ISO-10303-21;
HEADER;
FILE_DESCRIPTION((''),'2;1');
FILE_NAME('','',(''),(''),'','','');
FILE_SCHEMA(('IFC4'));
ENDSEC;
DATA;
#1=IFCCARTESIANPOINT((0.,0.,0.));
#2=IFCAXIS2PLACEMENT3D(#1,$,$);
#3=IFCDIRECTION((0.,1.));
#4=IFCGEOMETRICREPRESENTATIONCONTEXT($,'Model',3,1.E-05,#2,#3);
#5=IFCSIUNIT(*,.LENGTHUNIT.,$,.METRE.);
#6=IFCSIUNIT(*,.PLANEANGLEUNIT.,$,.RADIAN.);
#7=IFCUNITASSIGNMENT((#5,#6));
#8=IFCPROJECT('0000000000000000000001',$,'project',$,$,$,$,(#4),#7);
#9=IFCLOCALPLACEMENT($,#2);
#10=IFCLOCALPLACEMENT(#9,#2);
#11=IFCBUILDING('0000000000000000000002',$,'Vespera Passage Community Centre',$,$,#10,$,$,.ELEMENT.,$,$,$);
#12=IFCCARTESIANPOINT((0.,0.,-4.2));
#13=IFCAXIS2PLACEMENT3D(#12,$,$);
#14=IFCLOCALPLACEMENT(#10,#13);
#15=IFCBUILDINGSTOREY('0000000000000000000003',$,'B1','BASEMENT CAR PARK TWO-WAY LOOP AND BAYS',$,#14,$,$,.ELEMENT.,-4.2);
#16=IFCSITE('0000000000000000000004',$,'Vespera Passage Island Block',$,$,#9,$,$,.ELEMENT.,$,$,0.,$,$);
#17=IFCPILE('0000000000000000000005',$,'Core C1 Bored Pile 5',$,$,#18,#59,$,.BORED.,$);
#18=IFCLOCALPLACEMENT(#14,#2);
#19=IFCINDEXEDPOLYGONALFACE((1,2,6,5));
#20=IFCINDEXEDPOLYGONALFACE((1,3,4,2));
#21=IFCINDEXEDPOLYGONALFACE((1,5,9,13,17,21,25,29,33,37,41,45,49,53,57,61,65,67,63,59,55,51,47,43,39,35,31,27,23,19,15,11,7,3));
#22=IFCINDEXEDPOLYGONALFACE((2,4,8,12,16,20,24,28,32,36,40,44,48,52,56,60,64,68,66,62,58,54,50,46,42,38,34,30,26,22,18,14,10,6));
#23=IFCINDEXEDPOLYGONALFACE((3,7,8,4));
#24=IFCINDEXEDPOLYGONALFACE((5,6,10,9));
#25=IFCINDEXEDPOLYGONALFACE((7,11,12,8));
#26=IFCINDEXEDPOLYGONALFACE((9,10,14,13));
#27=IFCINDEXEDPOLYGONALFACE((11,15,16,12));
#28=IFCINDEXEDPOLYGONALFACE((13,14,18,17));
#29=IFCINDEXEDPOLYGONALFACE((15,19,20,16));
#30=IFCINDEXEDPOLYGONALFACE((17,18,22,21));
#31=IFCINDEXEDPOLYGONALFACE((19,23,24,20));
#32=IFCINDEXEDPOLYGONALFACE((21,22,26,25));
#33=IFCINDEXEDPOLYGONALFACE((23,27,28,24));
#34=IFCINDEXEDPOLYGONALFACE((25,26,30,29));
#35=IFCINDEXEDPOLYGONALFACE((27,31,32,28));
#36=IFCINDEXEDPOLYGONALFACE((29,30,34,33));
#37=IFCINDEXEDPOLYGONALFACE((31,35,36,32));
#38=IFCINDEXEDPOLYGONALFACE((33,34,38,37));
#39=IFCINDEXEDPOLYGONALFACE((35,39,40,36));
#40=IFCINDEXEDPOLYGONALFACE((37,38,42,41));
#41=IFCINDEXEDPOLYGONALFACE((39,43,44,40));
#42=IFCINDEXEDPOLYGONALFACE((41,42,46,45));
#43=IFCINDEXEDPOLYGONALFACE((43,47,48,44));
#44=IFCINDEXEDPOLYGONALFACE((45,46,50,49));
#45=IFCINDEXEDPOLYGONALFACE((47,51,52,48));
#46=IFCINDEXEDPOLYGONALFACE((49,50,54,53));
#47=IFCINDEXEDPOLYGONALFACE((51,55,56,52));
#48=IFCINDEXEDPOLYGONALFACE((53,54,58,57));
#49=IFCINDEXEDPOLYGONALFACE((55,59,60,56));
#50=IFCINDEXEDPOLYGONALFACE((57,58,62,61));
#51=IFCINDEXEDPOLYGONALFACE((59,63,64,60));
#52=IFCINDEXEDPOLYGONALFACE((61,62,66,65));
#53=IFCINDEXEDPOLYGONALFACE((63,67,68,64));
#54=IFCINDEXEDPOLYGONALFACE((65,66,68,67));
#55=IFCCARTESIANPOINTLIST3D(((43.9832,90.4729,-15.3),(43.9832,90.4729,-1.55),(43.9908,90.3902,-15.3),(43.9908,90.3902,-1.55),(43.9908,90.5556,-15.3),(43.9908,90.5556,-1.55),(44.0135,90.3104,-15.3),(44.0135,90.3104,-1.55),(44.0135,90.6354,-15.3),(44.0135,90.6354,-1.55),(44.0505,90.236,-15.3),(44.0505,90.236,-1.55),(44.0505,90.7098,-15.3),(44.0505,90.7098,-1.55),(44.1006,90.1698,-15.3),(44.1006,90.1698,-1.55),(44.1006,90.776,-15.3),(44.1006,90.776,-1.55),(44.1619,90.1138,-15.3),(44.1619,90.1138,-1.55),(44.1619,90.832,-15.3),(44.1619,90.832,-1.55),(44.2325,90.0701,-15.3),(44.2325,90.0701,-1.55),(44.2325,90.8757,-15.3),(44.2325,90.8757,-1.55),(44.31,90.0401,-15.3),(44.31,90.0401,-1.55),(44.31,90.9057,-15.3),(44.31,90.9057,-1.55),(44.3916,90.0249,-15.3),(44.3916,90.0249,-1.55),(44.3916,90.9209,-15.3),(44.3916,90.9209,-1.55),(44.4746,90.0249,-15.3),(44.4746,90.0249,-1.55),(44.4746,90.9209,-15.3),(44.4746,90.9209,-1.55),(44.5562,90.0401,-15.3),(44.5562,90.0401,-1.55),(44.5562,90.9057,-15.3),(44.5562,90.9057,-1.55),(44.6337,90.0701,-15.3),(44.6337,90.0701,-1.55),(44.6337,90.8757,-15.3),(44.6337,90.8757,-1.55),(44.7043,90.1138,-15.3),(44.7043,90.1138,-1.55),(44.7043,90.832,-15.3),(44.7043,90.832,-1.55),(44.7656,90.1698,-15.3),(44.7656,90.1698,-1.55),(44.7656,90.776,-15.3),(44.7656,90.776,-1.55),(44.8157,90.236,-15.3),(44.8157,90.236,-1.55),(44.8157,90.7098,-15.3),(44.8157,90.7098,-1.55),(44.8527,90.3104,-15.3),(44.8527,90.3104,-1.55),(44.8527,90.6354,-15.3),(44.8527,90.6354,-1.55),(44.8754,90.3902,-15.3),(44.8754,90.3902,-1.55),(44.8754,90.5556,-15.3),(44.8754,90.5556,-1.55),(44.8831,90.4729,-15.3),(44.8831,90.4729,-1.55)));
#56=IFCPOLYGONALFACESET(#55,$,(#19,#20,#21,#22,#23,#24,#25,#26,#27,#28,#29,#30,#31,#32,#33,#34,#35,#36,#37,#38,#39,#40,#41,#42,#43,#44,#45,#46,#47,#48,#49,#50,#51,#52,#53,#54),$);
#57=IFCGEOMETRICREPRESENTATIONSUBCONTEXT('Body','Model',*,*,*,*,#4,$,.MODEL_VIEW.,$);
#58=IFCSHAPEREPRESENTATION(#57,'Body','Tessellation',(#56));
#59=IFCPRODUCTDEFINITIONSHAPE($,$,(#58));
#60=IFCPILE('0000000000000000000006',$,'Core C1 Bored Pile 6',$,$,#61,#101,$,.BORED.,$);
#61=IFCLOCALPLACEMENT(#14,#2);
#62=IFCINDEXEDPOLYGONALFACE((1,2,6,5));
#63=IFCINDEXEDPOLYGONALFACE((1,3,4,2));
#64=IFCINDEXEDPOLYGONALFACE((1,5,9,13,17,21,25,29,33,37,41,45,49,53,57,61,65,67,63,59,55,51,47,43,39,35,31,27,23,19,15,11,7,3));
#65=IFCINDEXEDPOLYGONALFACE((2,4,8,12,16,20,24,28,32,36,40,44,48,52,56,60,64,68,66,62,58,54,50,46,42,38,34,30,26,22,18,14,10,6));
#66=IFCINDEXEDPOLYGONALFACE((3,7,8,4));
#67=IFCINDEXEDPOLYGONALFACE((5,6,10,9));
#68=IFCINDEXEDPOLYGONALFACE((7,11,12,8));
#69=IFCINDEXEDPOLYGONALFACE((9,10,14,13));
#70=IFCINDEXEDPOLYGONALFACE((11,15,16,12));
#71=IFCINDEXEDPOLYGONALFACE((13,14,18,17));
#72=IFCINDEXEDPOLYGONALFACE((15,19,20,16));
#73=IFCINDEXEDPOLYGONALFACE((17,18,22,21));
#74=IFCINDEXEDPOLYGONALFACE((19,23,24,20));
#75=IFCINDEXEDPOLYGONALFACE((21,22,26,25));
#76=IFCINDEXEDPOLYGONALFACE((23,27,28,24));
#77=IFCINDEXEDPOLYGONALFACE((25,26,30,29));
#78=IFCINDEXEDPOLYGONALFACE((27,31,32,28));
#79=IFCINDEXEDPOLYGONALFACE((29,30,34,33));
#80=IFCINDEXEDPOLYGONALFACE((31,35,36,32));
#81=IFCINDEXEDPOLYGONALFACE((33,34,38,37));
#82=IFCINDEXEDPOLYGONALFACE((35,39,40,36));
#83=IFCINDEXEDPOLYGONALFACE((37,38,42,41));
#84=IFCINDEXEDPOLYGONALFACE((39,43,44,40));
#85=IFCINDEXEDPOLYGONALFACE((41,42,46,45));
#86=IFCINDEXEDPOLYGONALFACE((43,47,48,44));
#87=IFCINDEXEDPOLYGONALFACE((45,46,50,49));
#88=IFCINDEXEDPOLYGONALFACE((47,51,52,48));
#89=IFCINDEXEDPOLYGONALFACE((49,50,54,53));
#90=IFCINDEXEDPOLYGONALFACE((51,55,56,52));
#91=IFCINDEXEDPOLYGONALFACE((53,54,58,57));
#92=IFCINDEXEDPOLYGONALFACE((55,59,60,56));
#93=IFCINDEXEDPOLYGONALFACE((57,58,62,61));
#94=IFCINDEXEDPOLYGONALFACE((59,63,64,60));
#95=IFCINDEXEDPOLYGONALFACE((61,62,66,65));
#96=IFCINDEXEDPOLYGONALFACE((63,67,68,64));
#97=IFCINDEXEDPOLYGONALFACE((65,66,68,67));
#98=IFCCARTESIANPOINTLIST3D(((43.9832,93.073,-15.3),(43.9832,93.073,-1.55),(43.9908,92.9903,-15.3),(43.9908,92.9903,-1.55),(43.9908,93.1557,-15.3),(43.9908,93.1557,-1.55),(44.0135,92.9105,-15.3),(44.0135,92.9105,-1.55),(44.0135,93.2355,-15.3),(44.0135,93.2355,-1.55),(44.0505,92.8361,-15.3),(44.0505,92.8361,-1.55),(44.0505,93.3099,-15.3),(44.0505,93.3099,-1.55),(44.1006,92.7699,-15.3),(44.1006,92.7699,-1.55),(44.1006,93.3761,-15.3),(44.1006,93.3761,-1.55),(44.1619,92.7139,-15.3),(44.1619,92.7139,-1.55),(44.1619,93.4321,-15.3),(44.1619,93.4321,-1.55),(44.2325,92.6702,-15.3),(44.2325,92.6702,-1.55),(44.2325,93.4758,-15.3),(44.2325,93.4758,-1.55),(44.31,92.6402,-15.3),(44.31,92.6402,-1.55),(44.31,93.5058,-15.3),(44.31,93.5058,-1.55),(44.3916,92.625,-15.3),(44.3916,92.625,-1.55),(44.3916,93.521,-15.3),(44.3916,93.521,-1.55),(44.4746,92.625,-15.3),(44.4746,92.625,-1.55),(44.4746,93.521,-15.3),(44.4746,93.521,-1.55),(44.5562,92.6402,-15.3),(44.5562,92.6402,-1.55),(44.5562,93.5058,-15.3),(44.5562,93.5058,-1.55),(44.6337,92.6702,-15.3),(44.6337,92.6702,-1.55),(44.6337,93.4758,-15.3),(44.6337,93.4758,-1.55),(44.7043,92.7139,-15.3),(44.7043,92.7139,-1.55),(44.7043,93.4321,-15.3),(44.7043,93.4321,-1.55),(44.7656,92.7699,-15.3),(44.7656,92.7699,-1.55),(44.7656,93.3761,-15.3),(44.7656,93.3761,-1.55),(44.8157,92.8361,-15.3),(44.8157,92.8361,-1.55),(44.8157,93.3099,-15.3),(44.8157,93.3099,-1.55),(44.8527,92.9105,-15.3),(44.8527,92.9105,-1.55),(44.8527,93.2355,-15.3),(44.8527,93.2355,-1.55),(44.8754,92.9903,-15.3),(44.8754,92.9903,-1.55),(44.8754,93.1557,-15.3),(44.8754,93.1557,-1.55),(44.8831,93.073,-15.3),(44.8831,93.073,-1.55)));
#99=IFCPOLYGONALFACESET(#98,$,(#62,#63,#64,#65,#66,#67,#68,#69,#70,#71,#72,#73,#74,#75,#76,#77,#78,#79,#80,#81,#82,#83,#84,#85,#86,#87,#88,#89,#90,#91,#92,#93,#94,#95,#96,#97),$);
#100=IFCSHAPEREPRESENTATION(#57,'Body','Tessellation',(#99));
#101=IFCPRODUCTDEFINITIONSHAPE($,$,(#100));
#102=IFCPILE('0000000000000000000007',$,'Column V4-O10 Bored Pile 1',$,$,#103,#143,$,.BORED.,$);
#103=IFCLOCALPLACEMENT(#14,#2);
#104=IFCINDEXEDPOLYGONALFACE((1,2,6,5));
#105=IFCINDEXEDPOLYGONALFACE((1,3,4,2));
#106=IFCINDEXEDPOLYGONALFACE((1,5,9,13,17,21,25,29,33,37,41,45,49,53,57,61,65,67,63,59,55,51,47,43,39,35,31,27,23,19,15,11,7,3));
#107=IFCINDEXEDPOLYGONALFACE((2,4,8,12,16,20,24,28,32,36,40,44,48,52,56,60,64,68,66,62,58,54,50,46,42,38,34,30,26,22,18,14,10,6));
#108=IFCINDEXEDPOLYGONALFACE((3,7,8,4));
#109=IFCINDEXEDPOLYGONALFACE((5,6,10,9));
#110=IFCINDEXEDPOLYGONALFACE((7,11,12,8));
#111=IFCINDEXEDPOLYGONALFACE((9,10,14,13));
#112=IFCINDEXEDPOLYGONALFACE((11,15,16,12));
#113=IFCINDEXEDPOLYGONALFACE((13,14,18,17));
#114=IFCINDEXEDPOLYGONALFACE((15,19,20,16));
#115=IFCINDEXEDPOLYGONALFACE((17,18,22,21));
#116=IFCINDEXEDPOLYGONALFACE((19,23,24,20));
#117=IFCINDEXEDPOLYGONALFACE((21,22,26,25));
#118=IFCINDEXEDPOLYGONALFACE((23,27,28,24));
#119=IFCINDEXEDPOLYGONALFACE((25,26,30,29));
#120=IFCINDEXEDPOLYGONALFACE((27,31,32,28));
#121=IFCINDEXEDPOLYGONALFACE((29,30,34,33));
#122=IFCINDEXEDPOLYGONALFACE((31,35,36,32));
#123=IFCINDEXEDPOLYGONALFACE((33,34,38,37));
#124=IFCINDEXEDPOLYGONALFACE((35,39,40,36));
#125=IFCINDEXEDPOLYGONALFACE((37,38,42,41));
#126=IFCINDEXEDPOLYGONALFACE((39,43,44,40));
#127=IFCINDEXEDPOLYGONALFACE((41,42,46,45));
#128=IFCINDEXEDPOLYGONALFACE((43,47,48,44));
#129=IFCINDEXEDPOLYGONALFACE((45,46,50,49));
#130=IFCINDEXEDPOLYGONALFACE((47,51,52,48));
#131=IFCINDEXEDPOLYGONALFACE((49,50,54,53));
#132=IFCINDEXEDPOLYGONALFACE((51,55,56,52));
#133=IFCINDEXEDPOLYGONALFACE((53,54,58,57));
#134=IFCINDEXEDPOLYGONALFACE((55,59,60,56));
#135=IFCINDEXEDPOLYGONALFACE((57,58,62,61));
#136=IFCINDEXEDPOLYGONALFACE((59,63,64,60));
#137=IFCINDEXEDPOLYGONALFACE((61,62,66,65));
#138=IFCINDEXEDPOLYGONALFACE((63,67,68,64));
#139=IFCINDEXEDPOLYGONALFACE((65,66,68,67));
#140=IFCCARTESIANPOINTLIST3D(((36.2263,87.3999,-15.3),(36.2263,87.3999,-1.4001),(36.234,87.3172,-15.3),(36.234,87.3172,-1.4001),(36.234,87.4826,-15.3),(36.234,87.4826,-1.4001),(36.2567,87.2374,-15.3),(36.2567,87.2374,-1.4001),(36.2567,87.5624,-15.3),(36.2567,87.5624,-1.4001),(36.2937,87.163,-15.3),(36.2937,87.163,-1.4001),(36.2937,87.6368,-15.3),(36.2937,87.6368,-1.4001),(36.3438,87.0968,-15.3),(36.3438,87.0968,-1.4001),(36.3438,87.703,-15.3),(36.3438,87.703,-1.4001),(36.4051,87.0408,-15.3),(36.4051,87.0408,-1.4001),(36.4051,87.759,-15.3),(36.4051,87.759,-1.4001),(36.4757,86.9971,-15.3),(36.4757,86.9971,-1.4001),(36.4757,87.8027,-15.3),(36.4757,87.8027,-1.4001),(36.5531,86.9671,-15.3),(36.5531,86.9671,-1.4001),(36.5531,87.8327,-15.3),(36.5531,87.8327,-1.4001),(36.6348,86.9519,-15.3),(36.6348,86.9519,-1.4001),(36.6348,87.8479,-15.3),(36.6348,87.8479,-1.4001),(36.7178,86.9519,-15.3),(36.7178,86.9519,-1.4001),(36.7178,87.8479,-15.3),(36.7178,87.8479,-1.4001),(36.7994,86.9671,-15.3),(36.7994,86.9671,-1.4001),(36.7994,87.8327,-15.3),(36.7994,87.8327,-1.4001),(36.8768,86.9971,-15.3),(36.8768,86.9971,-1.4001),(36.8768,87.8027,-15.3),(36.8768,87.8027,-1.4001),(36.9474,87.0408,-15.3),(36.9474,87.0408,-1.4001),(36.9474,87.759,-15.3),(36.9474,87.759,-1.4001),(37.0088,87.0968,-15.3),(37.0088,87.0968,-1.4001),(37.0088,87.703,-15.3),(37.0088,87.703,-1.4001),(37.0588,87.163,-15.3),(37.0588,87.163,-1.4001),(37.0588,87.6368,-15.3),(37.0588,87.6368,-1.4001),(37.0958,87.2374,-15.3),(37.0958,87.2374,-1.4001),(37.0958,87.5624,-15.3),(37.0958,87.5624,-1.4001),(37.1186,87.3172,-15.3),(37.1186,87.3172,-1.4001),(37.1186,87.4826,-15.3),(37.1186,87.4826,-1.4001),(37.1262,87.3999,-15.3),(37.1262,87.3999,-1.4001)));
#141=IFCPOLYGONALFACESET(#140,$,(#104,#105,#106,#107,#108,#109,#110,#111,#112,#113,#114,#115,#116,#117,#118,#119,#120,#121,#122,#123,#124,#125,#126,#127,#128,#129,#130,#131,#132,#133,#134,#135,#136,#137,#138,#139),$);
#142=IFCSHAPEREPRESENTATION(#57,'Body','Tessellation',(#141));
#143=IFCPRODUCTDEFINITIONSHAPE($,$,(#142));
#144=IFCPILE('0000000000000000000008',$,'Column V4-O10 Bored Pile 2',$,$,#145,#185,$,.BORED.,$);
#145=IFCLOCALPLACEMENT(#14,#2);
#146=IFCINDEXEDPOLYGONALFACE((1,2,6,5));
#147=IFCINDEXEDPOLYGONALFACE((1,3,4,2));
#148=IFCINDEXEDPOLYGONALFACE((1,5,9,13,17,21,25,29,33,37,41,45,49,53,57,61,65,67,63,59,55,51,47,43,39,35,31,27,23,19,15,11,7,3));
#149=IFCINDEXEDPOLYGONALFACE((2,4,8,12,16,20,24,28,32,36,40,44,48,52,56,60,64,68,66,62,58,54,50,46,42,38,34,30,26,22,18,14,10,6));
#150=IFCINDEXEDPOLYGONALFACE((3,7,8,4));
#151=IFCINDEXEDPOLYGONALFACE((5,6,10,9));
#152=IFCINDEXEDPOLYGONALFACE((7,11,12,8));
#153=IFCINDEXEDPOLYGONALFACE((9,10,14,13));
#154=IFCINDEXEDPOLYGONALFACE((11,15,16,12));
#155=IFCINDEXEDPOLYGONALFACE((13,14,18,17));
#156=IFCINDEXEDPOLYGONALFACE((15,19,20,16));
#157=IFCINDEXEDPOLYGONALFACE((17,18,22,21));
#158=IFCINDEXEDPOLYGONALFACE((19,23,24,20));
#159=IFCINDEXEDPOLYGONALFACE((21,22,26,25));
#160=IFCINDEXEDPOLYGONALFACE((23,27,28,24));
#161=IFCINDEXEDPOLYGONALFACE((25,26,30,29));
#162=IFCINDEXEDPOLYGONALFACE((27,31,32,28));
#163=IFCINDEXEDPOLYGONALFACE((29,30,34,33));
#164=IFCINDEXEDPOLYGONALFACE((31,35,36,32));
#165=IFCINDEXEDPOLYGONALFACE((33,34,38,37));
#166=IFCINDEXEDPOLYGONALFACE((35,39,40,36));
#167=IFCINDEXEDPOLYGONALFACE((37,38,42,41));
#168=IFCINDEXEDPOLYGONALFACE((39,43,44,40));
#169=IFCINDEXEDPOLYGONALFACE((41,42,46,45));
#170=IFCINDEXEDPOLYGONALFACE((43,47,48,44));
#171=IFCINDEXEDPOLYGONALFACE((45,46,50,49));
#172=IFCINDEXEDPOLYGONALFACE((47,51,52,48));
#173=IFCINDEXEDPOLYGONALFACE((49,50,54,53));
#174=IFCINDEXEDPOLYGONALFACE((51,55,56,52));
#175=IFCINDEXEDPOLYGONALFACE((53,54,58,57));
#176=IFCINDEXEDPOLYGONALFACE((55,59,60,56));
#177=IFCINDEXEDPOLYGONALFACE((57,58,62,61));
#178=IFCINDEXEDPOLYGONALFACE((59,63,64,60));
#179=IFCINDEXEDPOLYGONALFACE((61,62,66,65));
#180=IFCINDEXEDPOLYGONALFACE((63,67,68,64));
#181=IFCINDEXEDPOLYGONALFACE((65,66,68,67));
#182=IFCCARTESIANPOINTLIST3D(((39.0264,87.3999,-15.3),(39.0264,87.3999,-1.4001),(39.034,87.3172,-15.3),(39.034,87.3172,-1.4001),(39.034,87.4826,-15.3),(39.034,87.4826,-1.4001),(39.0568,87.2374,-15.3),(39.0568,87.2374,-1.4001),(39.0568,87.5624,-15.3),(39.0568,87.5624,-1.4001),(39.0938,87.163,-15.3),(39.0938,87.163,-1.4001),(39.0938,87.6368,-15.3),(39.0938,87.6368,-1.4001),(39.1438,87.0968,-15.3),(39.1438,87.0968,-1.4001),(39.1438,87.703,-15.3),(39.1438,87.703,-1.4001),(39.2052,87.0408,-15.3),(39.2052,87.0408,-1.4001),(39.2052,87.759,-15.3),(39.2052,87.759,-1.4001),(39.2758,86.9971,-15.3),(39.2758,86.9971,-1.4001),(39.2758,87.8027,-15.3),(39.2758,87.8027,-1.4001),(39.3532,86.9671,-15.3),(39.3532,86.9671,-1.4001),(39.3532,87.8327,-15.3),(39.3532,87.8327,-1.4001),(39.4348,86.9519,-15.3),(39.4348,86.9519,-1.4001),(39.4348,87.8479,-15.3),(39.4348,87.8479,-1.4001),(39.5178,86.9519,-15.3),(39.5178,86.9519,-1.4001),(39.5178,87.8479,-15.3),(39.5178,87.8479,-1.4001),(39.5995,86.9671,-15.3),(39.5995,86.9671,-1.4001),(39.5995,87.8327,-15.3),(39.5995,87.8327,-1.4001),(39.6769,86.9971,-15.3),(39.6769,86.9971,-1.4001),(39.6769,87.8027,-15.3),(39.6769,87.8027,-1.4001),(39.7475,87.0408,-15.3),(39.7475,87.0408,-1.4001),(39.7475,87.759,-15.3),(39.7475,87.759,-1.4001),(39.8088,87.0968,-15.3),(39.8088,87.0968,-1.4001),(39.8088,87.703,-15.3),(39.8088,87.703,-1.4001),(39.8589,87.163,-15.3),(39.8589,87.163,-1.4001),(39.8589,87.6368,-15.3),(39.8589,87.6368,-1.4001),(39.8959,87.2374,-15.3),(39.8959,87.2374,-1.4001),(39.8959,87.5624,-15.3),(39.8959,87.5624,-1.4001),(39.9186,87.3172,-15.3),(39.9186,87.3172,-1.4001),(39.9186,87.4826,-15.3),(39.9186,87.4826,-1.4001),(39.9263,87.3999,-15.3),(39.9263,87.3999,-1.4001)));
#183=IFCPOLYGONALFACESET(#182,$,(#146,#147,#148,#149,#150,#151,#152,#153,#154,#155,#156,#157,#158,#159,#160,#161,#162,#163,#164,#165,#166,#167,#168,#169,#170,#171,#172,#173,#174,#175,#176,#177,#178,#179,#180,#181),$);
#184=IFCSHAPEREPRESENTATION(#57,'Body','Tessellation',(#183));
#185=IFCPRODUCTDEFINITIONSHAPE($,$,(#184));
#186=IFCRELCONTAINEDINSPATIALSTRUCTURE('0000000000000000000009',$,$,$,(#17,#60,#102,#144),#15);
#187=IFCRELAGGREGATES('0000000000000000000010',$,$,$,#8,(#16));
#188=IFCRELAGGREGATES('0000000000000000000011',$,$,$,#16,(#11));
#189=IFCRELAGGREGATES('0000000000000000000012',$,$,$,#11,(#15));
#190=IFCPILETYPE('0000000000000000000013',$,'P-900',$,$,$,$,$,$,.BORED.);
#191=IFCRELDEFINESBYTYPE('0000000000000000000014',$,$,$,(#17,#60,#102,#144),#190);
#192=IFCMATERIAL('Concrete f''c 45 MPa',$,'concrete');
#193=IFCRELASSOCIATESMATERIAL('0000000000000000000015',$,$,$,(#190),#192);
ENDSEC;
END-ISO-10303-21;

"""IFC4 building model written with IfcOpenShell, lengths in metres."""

from ifc_helpers import new_model, si_unit, direction, frame, origin, origin_2d, place, context, subcontext, project, spatial, circle, extrude, material, material_profile, profile_set, type_object, element, save


model = new_model("IFC4")

# Units and contexts
model_context = context("Model", 3, precision=1e-05, world=origin(), true_north=direction((0.0, 1.0)))
body_context = subcontext(model_context, "Body", "Model", "MODEL_VIEW")
ifc_project = project(units=[si_unit("LENGTHUNIT", "METRE"), si_unit("PLANEANGLEUNIT", "RADIAN")], contexts=[model_context])

# Site, building, storey
site_placement = place(None, origin())
site = spatial("IfcSite", under=ifc_project, at=site_placement, Name="Vespera Passage Island Block", CompositionType="ELEMENT", RefElevation=0.0)
building_placement = place(site_placement, origin())
building = spatial("IfcBuilding", under=site, at=building_placement, Name="Vespera Passage Community Centre", CompositionType="ELEMENT")
storey_placement = place(building_placement, frame((0.0, 0.0, -4.2)))
storey = spatial("IfcBuildingStorey", under=building, at=storey_placement, Name="B1", Description="BASEMENT CAR PARK TWO-WAY LOOP AND BAYS", CompositionType="ELEMENT", Elevation=-4.2)

# Piles
ifc_material_1 = material(Name="Concrete f'c 45 MPa", Category="concrete")
ifc_material_profile_1 = material_profile(ifc_material_1, circle(Radius=0.45, at=origin_2d()), Name="PILE900DIA")
ifc_profile_set_1 = profile_set([ifc_material_profile_1], Name="Concrete f'c 45 MPa")
pile_type = type_object("IfcPileType", Name="P-900", PredefinedType="BORED", material=ifc_profile_set_1)
for number, where, z_axis, x_axis, name in (
    (1, (44.4331, 90.4729, -1.55), (0.0, 0.0, -1.0), (1.0, 0.0, 0.0), "Core C1 Bored Pile 5"),
    (2, (44.4331, 93.073, -1.55), (0.0, 0.0, -1.0), (1.0, 0.0, 0.0), "Core C1 Bored Pile 6"),
):
    element("IfcPile", number, at=place(storey_placement, frame(where, z_axis=z_axis, x_axis=x_axis)), inside=storey, type_object=pile_type, Name=name, PredefinedType="BORED", context=body_context, shape_type="SweptSolid", body=[
        extrude(circle(Radius=0.45, at=origin_2d()), origin(), (0.0, 0.0, 1.0), 13.75),
    ])
for number, where, z_axis, x_axis, name in (
    (3, (36.6763, 87.3999, -1.4001), (0.0, 0.0, -1.0), (1.0, 0.0, 0.0), "Column V4-O10 Bored Pile 1"),
    (4, (39.4763, 87.3999, -1.4001), (0.0, 0.0, -1.0), (1.0, 0.0, 0.0), "Column V4-O10 Bored Pile 2"),
):
    element("IfcPile", number, at=place(storey_placement, frame(where, z_axis=z_axis, x_axis=x_axis)), inside=storey, type_object=pile_type, Name=name, PredefinedType="BORED", context=body_context, shape_type="SweptSolid", body=[
        extrude(circle(Radius=0.45, at=origin_2d()), origin(), (0.0, 0.0, 1.0), 13.8999),
    ])

save(model, "model.ifc")
